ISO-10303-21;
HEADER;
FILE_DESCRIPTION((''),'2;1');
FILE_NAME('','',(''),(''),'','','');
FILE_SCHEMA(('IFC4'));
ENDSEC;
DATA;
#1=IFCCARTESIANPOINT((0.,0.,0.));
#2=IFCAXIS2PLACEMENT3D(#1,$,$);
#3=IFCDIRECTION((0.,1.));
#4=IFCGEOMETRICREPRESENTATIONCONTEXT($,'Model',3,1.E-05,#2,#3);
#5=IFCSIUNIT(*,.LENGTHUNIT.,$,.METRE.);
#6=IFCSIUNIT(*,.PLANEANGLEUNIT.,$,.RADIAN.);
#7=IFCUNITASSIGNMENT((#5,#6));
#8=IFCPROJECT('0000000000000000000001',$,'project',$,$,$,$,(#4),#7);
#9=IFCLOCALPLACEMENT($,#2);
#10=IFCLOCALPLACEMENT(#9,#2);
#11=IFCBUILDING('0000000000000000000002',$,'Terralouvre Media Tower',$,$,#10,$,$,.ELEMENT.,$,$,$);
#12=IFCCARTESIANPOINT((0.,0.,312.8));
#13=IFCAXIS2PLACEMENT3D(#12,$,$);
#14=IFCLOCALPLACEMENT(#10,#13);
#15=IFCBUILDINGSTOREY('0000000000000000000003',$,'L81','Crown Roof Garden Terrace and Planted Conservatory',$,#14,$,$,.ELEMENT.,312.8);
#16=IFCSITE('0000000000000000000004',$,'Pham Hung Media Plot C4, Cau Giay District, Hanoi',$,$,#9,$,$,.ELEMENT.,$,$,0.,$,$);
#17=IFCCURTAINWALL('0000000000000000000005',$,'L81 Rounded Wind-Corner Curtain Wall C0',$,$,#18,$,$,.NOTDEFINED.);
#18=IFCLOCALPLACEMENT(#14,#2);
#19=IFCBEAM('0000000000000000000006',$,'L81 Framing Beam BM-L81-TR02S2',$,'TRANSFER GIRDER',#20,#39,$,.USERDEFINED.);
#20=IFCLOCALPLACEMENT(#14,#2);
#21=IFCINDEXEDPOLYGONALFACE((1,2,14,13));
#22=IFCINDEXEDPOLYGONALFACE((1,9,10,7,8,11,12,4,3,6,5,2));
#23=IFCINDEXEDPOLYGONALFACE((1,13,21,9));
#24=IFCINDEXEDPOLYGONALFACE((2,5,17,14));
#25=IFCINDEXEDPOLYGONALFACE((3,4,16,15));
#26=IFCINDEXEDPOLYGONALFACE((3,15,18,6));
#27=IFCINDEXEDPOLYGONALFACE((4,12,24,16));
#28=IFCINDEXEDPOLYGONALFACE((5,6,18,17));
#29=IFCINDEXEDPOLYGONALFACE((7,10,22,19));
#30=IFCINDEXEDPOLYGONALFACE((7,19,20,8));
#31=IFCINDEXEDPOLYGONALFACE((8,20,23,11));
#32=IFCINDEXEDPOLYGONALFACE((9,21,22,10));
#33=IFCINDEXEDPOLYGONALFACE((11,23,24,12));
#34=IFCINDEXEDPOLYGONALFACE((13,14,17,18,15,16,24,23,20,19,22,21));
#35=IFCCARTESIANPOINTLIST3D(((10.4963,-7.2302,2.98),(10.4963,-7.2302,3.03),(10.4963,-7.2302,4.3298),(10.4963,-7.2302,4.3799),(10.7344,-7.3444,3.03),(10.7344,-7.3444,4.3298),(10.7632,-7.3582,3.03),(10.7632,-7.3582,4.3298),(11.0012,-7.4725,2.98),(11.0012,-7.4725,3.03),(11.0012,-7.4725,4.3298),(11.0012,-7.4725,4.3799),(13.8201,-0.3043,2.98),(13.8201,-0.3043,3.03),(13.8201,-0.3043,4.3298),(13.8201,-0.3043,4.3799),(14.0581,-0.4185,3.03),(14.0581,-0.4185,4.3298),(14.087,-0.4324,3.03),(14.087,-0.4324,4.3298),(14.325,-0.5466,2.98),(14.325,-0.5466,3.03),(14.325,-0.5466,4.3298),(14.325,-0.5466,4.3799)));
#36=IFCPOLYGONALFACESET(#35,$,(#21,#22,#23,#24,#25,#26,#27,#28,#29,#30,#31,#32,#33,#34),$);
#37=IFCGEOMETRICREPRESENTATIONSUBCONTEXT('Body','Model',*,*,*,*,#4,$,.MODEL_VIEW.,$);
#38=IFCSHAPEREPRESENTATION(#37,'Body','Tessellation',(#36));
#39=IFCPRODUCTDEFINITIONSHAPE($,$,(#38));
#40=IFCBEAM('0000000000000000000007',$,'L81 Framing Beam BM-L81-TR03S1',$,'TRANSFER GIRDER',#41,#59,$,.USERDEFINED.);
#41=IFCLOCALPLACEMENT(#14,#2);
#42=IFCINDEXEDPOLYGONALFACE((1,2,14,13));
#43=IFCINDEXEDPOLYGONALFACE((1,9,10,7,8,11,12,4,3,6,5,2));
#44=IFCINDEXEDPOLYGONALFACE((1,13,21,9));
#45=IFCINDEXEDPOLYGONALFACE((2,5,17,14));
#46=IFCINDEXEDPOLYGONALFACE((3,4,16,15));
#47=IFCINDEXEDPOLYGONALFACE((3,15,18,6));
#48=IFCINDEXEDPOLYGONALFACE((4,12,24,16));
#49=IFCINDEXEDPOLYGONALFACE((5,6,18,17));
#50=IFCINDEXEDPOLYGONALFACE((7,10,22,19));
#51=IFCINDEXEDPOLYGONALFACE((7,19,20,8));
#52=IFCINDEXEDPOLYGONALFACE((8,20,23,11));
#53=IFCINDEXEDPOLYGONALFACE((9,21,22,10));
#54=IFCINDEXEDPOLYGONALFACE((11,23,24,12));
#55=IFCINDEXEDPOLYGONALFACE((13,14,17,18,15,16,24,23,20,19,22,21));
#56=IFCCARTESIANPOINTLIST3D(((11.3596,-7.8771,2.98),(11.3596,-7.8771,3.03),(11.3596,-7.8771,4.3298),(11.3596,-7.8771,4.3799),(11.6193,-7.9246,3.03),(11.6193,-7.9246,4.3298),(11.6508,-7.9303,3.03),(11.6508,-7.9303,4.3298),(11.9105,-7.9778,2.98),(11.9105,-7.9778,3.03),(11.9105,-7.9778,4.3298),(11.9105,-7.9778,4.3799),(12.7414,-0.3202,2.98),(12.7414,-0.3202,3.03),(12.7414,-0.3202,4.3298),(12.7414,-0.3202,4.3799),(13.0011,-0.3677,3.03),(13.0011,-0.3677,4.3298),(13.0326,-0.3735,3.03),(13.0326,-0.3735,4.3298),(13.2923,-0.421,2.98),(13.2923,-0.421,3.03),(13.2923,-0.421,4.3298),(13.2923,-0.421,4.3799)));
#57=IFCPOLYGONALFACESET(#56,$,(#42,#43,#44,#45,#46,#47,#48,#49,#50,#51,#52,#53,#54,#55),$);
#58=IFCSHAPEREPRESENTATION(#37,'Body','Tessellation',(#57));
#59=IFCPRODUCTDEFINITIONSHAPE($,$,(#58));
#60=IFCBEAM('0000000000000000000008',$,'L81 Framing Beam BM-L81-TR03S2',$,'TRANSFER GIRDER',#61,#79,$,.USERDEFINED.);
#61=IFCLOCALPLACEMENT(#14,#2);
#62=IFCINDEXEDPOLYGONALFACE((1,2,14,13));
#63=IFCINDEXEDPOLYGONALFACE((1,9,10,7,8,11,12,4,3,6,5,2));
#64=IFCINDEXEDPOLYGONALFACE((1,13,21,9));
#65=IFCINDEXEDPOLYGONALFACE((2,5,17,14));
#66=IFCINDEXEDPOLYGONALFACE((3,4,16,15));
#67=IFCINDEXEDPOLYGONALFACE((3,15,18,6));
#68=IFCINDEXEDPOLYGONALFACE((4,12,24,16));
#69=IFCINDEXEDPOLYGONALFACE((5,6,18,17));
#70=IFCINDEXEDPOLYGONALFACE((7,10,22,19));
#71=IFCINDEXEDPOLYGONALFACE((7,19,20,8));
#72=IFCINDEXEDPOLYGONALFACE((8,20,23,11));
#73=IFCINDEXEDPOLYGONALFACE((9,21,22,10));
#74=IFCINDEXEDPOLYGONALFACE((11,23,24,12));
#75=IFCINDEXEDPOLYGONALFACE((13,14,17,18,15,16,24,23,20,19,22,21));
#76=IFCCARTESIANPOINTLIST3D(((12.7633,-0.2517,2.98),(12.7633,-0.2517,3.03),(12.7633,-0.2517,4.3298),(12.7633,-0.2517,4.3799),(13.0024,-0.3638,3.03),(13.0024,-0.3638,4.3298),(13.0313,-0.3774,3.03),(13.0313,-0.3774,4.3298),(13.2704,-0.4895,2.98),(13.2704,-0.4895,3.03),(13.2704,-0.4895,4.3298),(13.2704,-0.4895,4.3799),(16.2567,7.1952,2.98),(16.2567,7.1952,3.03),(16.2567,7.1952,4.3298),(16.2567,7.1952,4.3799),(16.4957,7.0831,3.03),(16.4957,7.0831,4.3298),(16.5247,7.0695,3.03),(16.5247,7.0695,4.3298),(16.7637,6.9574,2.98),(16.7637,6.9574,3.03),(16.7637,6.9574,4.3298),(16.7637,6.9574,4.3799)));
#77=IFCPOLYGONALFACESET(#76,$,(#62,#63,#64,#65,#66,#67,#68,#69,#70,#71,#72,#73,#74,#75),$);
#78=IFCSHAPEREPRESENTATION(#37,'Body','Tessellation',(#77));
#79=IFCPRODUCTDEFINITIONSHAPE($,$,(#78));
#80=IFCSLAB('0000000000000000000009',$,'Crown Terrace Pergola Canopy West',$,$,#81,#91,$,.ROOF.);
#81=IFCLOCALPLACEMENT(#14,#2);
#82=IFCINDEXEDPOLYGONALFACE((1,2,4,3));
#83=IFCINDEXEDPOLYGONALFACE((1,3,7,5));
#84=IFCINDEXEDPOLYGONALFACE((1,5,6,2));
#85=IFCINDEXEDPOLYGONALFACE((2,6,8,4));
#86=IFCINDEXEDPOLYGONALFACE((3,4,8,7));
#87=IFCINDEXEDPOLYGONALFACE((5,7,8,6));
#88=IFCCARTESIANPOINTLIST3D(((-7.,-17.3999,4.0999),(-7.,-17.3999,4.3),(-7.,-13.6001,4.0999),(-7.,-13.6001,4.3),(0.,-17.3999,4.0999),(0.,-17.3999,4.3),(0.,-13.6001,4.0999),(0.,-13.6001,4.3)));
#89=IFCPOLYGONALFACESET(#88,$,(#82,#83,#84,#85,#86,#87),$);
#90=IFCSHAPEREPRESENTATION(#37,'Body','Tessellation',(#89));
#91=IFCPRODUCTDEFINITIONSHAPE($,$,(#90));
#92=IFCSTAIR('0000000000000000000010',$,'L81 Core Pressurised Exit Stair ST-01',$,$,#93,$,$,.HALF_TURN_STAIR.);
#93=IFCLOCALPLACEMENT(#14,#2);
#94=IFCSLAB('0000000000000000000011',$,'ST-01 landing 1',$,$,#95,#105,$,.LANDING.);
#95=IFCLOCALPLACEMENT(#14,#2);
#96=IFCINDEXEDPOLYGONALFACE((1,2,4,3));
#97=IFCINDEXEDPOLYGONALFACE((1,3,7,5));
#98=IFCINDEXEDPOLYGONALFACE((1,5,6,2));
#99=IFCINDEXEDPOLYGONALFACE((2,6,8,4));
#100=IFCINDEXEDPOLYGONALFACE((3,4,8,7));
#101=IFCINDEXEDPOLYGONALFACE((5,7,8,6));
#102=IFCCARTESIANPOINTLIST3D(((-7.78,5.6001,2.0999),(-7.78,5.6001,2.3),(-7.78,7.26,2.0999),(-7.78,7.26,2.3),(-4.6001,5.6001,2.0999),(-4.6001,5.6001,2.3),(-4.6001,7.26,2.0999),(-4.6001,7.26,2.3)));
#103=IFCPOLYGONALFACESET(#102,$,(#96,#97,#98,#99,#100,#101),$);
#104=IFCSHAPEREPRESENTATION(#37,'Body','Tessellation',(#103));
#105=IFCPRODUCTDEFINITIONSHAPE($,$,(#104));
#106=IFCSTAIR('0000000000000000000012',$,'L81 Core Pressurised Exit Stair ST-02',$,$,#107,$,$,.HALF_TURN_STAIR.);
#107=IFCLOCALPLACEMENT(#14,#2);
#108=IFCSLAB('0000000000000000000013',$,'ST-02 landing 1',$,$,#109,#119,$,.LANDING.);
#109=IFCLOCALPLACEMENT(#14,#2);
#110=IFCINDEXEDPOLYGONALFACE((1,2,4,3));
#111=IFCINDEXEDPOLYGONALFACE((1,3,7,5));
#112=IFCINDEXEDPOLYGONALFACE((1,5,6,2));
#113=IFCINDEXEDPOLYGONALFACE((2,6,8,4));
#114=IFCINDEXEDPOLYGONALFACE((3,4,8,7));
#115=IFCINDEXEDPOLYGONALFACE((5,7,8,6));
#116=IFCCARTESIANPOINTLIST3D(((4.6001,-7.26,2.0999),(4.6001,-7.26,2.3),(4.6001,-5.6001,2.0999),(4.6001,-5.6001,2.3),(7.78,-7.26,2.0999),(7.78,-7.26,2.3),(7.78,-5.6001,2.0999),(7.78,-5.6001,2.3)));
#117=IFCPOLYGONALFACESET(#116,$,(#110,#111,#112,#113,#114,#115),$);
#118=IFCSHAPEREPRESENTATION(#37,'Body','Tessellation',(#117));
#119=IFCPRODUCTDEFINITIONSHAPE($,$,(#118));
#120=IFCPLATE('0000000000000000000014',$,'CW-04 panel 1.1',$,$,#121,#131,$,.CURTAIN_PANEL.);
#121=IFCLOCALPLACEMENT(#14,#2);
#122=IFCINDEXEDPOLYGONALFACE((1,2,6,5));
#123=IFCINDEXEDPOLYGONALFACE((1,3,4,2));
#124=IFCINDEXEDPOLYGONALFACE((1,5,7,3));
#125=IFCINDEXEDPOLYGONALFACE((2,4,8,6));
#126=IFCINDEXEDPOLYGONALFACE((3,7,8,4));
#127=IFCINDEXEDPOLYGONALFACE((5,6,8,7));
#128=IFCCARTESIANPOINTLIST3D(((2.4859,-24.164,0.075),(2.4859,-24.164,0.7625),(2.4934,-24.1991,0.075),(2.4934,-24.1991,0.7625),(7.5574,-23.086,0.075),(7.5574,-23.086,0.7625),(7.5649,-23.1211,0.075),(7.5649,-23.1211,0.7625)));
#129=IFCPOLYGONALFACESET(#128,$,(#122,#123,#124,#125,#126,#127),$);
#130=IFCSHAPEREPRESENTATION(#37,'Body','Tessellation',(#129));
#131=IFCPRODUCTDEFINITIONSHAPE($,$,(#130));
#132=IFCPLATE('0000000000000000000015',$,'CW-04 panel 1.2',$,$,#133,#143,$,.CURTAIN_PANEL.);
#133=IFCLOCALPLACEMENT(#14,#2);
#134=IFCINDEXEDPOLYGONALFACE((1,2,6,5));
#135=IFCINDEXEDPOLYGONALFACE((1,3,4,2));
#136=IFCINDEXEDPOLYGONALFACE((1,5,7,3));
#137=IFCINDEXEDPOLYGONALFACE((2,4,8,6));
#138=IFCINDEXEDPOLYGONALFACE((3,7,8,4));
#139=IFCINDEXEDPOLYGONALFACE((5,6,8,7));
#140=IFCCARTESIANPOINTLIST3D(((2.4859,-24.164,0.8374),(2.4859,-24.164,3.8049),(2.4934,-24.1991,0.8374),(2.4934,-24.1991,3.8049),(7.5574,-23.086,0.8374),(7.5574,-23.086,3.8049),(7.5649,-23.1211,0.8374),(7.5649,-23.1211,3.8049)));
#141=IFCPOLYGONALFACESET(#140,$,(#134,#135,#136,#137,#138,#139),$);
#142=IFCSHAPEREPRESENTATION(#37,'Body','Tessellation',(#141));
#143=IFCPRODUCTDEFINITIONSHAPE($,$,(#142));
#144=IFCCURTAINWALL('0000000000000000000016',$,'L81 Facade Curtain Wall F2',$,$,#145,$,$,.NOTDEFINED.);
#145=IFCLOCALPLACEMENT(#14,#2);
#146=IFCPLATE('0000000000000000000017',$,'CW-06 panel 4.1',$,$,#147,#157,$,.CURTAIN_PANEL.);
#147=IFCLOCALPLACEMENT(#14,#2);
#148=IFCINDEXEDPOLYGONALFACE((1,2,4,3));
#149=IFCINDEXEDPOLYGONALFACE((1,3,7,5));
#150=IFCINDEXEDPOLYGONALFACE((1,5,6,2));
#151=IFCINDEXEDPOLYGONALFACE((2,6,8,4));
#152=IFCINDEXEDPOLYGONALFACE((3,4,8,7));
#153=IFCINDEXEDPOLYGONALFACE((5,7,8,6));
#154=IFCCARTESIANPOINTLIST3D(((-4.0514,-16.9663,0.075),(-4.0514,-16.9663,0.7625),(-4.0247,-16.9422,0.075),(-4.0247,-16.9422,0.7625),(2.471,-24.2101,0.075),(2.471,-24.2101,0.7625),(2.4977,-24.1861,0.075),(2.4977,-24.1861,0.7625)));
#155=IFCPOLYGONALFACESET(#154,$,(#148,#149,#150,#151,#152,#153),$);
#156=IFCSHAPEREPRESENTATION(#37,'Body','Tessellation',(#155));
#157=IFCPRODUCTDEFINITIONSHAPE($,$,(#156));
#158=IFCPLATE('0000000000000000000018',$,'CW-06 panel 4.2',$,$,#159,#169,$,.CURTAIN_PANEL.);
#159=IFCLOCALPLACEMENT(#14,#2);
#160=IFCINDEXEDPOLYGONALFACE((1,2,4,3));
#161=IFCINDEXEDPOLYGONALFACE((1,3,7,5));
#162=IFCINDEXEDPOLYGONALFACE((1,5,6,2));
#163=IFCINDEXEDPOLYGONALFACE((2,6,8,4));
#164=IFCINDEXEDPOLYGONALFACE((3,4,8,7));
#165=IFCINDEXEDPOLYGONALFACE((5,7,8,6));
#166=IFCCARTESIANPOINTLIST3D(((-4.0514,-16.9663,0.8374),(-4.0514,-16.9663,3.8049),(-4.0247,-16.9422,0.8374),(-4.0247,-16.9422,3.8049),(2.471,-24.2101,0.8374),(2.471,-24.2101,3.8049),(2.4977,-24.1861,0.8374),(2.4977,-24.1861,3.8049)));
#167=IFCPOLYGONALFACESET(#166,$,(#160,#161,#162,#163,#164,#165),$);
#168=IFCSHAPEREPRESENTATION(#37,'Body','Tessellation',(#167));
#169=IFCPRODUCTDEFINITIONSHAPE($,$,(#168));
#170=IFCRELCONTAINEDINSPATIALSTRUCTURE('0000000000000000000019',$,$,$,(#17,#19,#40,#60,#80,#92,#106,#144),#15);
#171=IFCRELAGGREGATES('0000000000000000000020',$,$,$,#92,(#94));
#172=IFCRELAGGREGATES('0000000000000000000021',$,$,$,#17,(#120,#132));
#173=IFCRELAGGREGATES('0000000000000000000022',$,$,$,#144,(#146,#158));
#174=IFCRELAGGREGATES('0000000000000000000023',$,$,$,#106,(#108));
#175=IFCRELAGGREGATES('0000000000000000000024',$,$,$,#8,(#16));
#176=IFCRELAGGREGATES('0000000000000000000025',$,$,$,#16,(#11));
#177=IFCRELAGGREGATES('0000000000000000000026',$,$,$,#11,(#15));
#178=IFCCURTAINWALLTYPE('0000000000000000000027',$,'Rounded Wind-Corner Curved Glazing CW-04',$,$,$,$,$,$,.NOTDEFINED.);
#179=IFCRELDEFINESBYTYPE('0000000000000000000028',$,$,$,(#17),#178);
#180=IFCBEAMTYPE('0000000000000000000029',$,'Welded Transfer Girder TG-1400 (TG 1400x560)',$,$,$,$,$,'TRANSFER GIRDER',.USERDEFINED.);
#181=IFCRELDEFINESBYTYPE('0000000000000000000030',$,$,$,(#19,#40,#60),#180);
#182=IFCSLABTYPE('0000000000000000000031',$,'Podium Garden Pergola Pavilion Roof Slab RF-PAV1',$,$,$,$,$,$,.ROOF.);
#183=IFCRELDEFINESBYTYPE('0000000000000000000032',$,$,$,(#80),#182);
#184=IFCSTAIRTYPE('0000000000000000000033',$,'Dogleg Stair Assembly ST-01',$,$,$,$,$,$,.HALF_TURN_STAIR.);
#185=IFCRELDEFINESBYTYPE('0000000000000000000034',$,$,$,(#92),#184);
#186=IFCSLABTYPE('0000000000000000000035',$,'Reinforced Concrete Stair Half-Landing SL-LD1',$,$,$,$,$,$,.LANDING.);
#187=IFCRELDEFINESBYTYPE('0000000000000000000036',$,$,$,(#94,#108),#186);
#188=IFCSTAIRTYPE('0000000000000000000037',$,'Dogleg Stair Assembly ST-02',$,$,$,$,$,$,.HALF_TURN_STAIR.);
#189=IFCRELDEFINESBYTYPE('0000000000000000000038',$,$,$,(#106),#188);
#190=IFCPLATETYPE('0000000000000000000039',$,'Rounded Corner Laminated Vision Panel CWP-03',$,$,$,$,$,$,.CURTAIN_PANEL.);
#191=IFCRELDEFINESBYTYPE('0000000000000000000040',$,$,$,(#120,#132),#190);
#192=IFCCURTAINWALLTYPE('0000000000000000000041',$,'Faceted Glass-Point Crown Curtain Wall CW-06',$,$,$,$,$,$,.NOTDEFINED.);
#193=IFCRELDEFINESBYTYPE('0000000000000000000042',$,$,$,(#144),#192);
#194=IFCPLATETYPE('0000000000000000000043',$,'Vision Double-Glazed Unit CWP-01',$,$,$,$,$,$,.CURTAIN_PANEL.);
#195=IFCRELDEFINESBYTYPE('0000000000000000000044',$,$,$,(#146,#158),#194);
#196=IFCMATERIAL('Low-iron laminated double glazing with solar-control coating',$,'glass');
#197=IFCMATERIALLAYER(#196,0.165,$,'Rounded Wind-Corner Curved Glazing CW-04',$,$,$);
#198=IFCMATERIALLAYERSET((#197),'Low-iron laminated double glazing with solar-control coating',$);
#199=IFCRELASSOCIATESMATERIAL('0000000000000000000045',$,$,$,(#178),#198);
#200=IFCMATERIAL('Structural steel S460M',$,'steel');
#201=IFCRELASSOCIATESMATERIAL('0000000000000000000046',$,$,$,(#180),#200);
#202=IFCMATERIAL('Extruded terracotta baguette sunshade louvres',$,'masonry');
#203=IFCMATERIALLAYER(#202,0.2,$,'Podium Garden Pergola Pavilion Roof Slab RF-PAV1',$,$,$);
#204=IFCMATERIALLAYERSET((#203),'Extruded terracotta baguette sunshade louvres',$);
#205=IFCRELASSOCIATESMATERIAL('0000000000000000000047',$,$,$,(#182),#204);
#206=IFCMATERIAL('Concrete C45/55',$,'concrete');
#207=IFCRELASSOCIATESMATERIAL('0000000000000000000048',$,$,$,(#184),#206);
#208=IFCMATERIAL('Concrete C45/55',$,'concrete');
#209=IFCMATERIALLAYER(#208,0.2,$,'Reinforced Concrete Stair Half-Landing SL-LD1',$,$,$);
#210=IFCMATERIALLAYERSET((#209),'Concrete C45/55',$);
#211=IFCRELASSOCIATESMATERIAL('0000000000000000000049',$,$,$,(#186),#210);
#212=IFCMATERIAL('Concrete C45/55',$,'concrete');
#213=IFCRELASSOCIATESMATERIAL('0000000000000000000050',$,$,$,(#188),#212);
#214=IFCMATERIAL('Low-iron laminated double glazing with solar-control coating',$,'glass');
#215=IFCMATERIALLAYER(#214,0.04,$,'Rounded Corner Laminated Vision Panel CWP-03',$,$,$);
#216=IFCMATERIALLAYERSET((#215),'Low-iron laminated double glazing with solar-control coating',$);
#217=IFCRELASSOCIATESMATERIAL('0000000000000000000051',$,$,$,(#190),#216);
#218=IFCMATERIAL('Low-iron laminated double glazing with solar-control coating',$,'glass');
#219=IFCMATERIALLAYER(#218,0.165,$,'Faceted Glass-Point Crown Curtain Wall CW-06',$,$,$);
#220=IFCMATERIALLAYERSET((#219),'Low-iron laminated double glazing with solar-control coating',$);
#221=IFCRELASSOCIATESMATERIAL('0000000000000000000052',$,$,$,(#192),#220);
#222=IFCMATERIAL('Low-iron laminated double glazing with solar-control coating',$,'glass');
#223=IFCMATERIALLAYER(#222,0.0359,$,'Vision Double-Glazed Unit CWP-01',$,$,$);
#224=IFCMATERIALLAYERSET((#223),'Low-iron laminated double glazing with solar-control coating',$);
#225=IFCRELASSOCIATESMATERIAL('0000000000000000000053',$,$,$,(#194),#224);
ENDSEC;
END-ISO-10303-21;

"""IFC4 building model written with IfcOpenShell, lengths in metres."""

from ifc_helpers import new_model, si_unit, direction, frame, origin, origin_2d, place, context, subcontext, project, spatial, polyline, rectangle, i_section, outline, extrude, material, layer, layer_set, material_profile, profile_set, type_object, element, aggregate, save


model = new_model("IFC4")

# Units and contexts
model_context = context("Model", 3, precision=1e-05, world=origin(), true_north=direction((0.0, 1.0)))
body_context = subcontext(model_context, "Body", "Model", "MODEL_VIEW")
ifc_project = project(units=[si_unit("LENGTHUNIT", "METRE"), si_unit("PLANEANGLEUNIT", "RADIAN")], contexts=[model_context])

# Site, building, storey
site_placement = place(None, origin())
site = spatial("IfcSite", under=ifc_project, at=site_placement, Name="Pham Hung Media Plot C4, Cau Giay District, Hanoi", CompositionType="ELEMENT", RefElevation=0.0)
building_placement = place(site_placement, origin())
building = spatial("IfcBuilding", under=site, at=building_placement, Name="Terralouvre Media Tower", CompositionType="ELEMENT")
storey_placement = place(building_placement, frame((0.0, 0.0, 312.8)))
storey = spatial("IfcBuildingStorey", under=building, at=storey_placement, Name="L81", Description="Crown Roof Garden Terrace and Planted Conservatory", CompositionType="ELEMENT", Elevation=312.8)

# Curtain wall
ifc_material_1 = material(Name="Low-iron laminated double glazing with solar-control coating", Category="glass")
ifc_layer_1 = layer(ifc_material_1, 0.165, Name="Rounded Wind-Corner Curved Glazing CW-04")
ifc_layer_set_1 = layer_set([ifc_layer_1], Name="Low-iron laminated double glazing with solar-control coating")
curtain_wall_type_1 = type_object("IfcCurtainWallType", Name="Rounded Wind-Corner Curved Glazing CW-04", PredefinedType="NOTDEFINED", material=ifc_layer_set_1)
curtain_wall_1_placement = place(storey_placement, origin())
curtain_wall_1 = element("IfcCurtainWall", 1, at=curtain_wall_1_placement, inside=storey, type_object=curtain_wall_type_1, Name="L81 Rounded Wind-Corner Curtain Wall C0", PredefinedType="NOTDEFINED")

# Beams
ifc_material_2 = material(Name="Structural steel S460M", Category="steel")
ifc_material_profile_1 = material_profile(ifc_material_2, i_section(OverallWidth=0.5601, OverallDepth=1.3999, WebThickness=0.032, FlangeThickness=0.05, at=origin_2d()), Name="TG 1400x560")
ifc_profile_set_1 = profile_set([ifc_material_profile_1], Name="Structural steel S460M")
beam_type_1 = type_object("IfcBeamType", Name="Welded Transfer Girder TG-1400 (TG 1400x560)", ElementType="TRANSFER GIRDER", PredefinedType="USERDEFINED", material=ifc_profile_set_1)
for number, where, z_axis, x_axis, name in (
    (2, (10.7488, -7.3513, 3.6799), (0.432663, 0.901556, 0.0), (-0.901556, 0.432663, 0.0), "L81 Framing Beam BM-L81-TR02S2"),
    (3, (13.0168, -0.3706, 3.6799), (-0.179875, -0.983689, 0.0), (0.983689, -0.179875, 0.0), "L81 Framing Beam BM-L81-TR03S1"),
):
    element("IfcBeam", number, at=place(storey_placement, frame(where, z_axis=z_axis, x_axis=x_axis)), inside=storey, type_object=beam_type_1, Name=name, ObjectType="TRANSFER GIRDER", PredefinedType="USERDEFINED", context=body_context, shape_type="SweptSolid", body=[
        extrude(i_section(OverallWidth=0.5601, OverallDepth=1.3999, WebThickness=0.032, FlangeThickness=0.05, at=origin_2d()), origin(), (0.0, 0.0, 1.0), 7.6821),
    ])
beam_1_placement = place(storey_placement, frame((13.0168, -0.3706, 3.6799), z_axis=(0.424695, 0.905337, 0.0), x_axis=(-0.905337, 0.424695, 0.0)))
element("IfcBeam", 4, at=beam_1_placement, inside=storey, type_object=beam_type_1, Name="L81 Framing Beam BM-L81-TR03S2", ObjectType="TRANSFER GIRDER", PredefinedType="USERDEFINED", context=body_context, shape_type="SweptSolid", body=[
    extrude(i_section(OverallWidth=0.5601, OverallDepth=1.3999, WebThickness=0.032, FlangeThickness=0.05, at=origin_2d()), origin(), (0.0, 0.0, 1.0), 8.2256),
])

# Slab
ifc_material_3 = material(Name="Extruded terracotta baguette sunshade louvres", Category="masonry")
ifc_layer_2 = layer(ifc_material_3, 0.2, Name="Podium Garden Pergola Pavilion Roof Slab RF-PAV1")
ifc_layer_set_2 = layer_set([ifc_layer_2], Name="Extruded terracotta baguette sunshade louvres")
slab_type_1 = type_object("IfcSlabType", Name="Podium Garden Pergola Pavilion Roof Slab RF-PAV1", PredefinedType="ROOF", material=ifc_layer_set_2)
slab_1_placement = place(storey_placement, frame((0.0, 0.0, 4.0999)))
element("IfcSlab", 5, at=slab_1_placement, inside=storey, type_object=slab_type_1, Name="Crown Terrace Pergola Canopy West", PredefinedType="ROOF", context=body_context, shape_type="SweptSolid", body=[
    extrude(outline(polyline([(-7.0, -17.3999), (0.0, -17.3999), (0.0, -13.6001), (-7.0, -13.6001), (-7.0, -17.3999)])), origin(), (0.0, 0.0, 1.0), 0.2002),
])

# Stairs, slabs
ifc_material_4 = material(Name="Concrete C45/55", Category="concrete")
stair_type_1 = type_object("IfcStairType", Name="Dogleg Stair Assembly ST-01", PredefinedType="HALF_TURN_STAIR", material=ifc_material_4)
stair_1_placement = place(storey_placement, origin())
stair_1 = element("IfcStair", 6, at=stair_1_placement, inside=storey, type_object=stair_type_1, Name="L81 Core Pressurised Exit Stair ST-01", PredefinedType="HALF_TURN_STAIR")
ifc_material_5 = material(Name="Concrete C45/55", Category="concrete")
ifc_layer_3 = layer(ifc_material_5, 0.2, Name="Reinforced Concrete Stair Half-Landing SL-LD1")
ifc_layer_set_3 = layer_set([ifc_layer_3], Name="Concrete C45/55")
slab_type_2 = type_object("IfcSlabType", Name="Reinforced Concrete Stair Half-Landing SL-LD1", PredefinedType="LANDING", material=ifc_layer_set_3)
slab_2_placement = place(storey_placement, frame((0.0, 0.0, 2.0999)))
slab_2 = element("IfcSlab", 7, at=slab_2_placement, type_object=slab_type_2, Name="ST-01 landing 1", PredefinedType="LANDING", context=body_context, shape_type="SweptSolid", body=[
    extrude(outline(polyline([(-4.6001, 5.6001), (-4.6001, 7.26), (-7.78, 7.26), (-7.78, 5.6001), (-4.6001, 5.6001)])), origin(), (0.0, 0.0, 1.0), 0.2002),
])
aggregate(stair_1, [slab_2])
ifc_material_6 = material(Name="Concrete C45/55", Category="concrete")
stair_type_2 = type_object("IfcStairType", Name="Dogleg Stair Assembly ST-02", PredefinedType="HALF_TURN_STAIR", material=ifc_material_6)
stair_2_placement = place(storey_placement, origin())
stair_2 = element("IfcStair", 8, at=stair_2_placement, inside=storey, type_object=stair_type_2, Name="L81 Core Pressurised Exit Stair ST-02", PredefinedType="HALF_TURN_STAIR")
slab_3_placement = place(storey_placement, frame((0.0, 0.0, 2.0999)))
slab_3 = element("IfcSlab", 9, at=slab_3_placement, type_object=slab_type_2, Name="ST-02 landing 1", PredefinedType="LANDING", context=body_context, shape_type="SweptSolid", body=[
    extrude(outline(polyline([(4.6001, -5.6001), (4.6001, -7.26), (7.78, -7.26), (7.78, -5.6001), (4.6001, -5.6001)])), origin(), (0.0, 0.0, 1.0), 0.2002),
])

# Plates
ifc_material_7 = material(Name="Low-iron laminated double glazing with solar-control coating", Category="glass")
ifc_layer_4 = layer(ifc_material_7, 0.04, Name="Rounded Corner Laminated Vision Panel CWP-03")
ifc_layer_set_4 = layer_set([ifc_layer_4], Name="Low-iron laminated double glazing with solar-control coating")
plate_type_1 = type_object("IfcPlateType", Name="Rounded Corner Laminated Vision Panel CWP-03", PredefinedType="CURTAIN_PANEL", material=ifc_layer_set_4)
plate_1_placement = place(storey_placement, frame((5.0254, -23.6426, 0.075), z_axis=(0.0, 0.0, 1.0), x_axis=(0.978148, 0.207912, 0.0)))
plate_1 = element("IfcPlate", 10, at=plate_1_placement, type_object=plate_type_1, Name="CW-04 panel 1.1", PredefinedType="CURTAIN_PANEL", context=body_context, shape_type="SweptSolid", body=[
    extrude(rectangle(XDim=5.1848, YDim=0.0359, at=origin_2d()), origin(), (0.0, 0.0, 1.0), 0.6875),
])
plate_2_placement = place(storey_placement, frame((5.0254, -23.6426, 0.8374), z_axis=(0.0, 0.0, 1.0), x_axis=(0.978148, 0.207912, 0.0)))
plate_2 = element("IfcPlate", 11, at=plate_2_placement, type_object=plate_type_1, Name="CW-04 panel 1.2", PredefinedType="CURTAIN_PANEL", context=body_context, shape_type="SweptSolid", body=[
    extrude(rectangle(XDim=5.1848, YDim=0.0359, at=origin_2d()), origin(), (0.0, 0.0, 1.0), 2.9675),
])
aggregate(curtain_wall_1, [plate_1, plate_2])

# Curtain wall, plates
ifc_material_8 = material(Name="Low-iron laminated double glazing with solar-control coating", Category="glass")
ifc_layer_5 = layer(ifc_material_8, 0.165, Name="Faceted Glass-Point Crown Curtain Wall CW-06")
ifc_layer_set_5 = layer_set([ifc_layer_5], Name="Low-iron laminated double glazing with solar-control coating")
curtain_wall_type_2 = type_object("IfcCurtainWallType", Name="Faceted Glass-Point Crown Curtain Wall CW-06", PredefinedType="NOTDEFINED", material=ifc_layer_set_5)
curtain_wall_2_placement = place(storey_placement, origin())
curtain_wall_2 = element("IfcCurtainWall", 12, at=curtain_wall_2_placement, inside=storey, type_object=curtain_wall_type_2, Name="L81 Facade Curtain Wall F2", PredefinedType="NOTDEFINED")
ifc_material_9 = material(Name="Low-iron laminated double glazing with solar-control coating", Category="glass")
ifc_layer_6 = layer(ifc_material_9, 0.0359, Name="Vision Double-Glazed Unit CWP-01")
ifc_layer_set_6 = layer_set([ifc_layer_6], Name="Low-iron laminated double glazing with solar-control coating")
plate_type_2 = type_object("IfcPlateType", Name="Vision Double-Glazed Unit CWP-01", PredefinedType="CURTAIN_PANEL", material=ifc_layer_set_6)
plate_3_placement = place(storey_placement, frame((-0.7769, -20.5762, 0.075), z_axis=(0.0, 0.0, 1.0), x_axis=(0.669131, -0.743145, 0.0)))
plate_3 = element("IfcPlate", 13, at=plate_3_placement, type_object=plate_type_2, Name="CW-06 panel 4.1", PredefinedType="CURTAIN_PANEL", context=body_context, shape_type="SweptSolid", body=[
    extrude(rectangle(XDim=9.7476, YDim=0.0359, at=origin_2d()), origin(), (0.0, 0.0, 1.0), 0.6875),
])
plate_4_placement = place(storey_placement, frame((-0.7769, -20.5762, 0.8374), z_axis=(0.0, 0.0, 1.0), x_axis=(0.669131, -0.743145, 0.0)))
plate_4 = element("IfcPlate", 14, at=plate_4_placement, type_object=plate_type_2, Name="CW-06 panel 4.2", PredefinedType="CURTAIN_PANEL", context=body_context, shape_type="SweptSolid", body=[
    extrude(rectangle(XDim=9.7476, YDim=0.0359, at=origin_2d()), origin(), (0.0, 0.0, 1.0), 2.9675),
])
aggregate(curtain_wall_2, [plate_3, plate_4])

aggregate(stair_2, [slab_3])

save(model, "model.ifc")
